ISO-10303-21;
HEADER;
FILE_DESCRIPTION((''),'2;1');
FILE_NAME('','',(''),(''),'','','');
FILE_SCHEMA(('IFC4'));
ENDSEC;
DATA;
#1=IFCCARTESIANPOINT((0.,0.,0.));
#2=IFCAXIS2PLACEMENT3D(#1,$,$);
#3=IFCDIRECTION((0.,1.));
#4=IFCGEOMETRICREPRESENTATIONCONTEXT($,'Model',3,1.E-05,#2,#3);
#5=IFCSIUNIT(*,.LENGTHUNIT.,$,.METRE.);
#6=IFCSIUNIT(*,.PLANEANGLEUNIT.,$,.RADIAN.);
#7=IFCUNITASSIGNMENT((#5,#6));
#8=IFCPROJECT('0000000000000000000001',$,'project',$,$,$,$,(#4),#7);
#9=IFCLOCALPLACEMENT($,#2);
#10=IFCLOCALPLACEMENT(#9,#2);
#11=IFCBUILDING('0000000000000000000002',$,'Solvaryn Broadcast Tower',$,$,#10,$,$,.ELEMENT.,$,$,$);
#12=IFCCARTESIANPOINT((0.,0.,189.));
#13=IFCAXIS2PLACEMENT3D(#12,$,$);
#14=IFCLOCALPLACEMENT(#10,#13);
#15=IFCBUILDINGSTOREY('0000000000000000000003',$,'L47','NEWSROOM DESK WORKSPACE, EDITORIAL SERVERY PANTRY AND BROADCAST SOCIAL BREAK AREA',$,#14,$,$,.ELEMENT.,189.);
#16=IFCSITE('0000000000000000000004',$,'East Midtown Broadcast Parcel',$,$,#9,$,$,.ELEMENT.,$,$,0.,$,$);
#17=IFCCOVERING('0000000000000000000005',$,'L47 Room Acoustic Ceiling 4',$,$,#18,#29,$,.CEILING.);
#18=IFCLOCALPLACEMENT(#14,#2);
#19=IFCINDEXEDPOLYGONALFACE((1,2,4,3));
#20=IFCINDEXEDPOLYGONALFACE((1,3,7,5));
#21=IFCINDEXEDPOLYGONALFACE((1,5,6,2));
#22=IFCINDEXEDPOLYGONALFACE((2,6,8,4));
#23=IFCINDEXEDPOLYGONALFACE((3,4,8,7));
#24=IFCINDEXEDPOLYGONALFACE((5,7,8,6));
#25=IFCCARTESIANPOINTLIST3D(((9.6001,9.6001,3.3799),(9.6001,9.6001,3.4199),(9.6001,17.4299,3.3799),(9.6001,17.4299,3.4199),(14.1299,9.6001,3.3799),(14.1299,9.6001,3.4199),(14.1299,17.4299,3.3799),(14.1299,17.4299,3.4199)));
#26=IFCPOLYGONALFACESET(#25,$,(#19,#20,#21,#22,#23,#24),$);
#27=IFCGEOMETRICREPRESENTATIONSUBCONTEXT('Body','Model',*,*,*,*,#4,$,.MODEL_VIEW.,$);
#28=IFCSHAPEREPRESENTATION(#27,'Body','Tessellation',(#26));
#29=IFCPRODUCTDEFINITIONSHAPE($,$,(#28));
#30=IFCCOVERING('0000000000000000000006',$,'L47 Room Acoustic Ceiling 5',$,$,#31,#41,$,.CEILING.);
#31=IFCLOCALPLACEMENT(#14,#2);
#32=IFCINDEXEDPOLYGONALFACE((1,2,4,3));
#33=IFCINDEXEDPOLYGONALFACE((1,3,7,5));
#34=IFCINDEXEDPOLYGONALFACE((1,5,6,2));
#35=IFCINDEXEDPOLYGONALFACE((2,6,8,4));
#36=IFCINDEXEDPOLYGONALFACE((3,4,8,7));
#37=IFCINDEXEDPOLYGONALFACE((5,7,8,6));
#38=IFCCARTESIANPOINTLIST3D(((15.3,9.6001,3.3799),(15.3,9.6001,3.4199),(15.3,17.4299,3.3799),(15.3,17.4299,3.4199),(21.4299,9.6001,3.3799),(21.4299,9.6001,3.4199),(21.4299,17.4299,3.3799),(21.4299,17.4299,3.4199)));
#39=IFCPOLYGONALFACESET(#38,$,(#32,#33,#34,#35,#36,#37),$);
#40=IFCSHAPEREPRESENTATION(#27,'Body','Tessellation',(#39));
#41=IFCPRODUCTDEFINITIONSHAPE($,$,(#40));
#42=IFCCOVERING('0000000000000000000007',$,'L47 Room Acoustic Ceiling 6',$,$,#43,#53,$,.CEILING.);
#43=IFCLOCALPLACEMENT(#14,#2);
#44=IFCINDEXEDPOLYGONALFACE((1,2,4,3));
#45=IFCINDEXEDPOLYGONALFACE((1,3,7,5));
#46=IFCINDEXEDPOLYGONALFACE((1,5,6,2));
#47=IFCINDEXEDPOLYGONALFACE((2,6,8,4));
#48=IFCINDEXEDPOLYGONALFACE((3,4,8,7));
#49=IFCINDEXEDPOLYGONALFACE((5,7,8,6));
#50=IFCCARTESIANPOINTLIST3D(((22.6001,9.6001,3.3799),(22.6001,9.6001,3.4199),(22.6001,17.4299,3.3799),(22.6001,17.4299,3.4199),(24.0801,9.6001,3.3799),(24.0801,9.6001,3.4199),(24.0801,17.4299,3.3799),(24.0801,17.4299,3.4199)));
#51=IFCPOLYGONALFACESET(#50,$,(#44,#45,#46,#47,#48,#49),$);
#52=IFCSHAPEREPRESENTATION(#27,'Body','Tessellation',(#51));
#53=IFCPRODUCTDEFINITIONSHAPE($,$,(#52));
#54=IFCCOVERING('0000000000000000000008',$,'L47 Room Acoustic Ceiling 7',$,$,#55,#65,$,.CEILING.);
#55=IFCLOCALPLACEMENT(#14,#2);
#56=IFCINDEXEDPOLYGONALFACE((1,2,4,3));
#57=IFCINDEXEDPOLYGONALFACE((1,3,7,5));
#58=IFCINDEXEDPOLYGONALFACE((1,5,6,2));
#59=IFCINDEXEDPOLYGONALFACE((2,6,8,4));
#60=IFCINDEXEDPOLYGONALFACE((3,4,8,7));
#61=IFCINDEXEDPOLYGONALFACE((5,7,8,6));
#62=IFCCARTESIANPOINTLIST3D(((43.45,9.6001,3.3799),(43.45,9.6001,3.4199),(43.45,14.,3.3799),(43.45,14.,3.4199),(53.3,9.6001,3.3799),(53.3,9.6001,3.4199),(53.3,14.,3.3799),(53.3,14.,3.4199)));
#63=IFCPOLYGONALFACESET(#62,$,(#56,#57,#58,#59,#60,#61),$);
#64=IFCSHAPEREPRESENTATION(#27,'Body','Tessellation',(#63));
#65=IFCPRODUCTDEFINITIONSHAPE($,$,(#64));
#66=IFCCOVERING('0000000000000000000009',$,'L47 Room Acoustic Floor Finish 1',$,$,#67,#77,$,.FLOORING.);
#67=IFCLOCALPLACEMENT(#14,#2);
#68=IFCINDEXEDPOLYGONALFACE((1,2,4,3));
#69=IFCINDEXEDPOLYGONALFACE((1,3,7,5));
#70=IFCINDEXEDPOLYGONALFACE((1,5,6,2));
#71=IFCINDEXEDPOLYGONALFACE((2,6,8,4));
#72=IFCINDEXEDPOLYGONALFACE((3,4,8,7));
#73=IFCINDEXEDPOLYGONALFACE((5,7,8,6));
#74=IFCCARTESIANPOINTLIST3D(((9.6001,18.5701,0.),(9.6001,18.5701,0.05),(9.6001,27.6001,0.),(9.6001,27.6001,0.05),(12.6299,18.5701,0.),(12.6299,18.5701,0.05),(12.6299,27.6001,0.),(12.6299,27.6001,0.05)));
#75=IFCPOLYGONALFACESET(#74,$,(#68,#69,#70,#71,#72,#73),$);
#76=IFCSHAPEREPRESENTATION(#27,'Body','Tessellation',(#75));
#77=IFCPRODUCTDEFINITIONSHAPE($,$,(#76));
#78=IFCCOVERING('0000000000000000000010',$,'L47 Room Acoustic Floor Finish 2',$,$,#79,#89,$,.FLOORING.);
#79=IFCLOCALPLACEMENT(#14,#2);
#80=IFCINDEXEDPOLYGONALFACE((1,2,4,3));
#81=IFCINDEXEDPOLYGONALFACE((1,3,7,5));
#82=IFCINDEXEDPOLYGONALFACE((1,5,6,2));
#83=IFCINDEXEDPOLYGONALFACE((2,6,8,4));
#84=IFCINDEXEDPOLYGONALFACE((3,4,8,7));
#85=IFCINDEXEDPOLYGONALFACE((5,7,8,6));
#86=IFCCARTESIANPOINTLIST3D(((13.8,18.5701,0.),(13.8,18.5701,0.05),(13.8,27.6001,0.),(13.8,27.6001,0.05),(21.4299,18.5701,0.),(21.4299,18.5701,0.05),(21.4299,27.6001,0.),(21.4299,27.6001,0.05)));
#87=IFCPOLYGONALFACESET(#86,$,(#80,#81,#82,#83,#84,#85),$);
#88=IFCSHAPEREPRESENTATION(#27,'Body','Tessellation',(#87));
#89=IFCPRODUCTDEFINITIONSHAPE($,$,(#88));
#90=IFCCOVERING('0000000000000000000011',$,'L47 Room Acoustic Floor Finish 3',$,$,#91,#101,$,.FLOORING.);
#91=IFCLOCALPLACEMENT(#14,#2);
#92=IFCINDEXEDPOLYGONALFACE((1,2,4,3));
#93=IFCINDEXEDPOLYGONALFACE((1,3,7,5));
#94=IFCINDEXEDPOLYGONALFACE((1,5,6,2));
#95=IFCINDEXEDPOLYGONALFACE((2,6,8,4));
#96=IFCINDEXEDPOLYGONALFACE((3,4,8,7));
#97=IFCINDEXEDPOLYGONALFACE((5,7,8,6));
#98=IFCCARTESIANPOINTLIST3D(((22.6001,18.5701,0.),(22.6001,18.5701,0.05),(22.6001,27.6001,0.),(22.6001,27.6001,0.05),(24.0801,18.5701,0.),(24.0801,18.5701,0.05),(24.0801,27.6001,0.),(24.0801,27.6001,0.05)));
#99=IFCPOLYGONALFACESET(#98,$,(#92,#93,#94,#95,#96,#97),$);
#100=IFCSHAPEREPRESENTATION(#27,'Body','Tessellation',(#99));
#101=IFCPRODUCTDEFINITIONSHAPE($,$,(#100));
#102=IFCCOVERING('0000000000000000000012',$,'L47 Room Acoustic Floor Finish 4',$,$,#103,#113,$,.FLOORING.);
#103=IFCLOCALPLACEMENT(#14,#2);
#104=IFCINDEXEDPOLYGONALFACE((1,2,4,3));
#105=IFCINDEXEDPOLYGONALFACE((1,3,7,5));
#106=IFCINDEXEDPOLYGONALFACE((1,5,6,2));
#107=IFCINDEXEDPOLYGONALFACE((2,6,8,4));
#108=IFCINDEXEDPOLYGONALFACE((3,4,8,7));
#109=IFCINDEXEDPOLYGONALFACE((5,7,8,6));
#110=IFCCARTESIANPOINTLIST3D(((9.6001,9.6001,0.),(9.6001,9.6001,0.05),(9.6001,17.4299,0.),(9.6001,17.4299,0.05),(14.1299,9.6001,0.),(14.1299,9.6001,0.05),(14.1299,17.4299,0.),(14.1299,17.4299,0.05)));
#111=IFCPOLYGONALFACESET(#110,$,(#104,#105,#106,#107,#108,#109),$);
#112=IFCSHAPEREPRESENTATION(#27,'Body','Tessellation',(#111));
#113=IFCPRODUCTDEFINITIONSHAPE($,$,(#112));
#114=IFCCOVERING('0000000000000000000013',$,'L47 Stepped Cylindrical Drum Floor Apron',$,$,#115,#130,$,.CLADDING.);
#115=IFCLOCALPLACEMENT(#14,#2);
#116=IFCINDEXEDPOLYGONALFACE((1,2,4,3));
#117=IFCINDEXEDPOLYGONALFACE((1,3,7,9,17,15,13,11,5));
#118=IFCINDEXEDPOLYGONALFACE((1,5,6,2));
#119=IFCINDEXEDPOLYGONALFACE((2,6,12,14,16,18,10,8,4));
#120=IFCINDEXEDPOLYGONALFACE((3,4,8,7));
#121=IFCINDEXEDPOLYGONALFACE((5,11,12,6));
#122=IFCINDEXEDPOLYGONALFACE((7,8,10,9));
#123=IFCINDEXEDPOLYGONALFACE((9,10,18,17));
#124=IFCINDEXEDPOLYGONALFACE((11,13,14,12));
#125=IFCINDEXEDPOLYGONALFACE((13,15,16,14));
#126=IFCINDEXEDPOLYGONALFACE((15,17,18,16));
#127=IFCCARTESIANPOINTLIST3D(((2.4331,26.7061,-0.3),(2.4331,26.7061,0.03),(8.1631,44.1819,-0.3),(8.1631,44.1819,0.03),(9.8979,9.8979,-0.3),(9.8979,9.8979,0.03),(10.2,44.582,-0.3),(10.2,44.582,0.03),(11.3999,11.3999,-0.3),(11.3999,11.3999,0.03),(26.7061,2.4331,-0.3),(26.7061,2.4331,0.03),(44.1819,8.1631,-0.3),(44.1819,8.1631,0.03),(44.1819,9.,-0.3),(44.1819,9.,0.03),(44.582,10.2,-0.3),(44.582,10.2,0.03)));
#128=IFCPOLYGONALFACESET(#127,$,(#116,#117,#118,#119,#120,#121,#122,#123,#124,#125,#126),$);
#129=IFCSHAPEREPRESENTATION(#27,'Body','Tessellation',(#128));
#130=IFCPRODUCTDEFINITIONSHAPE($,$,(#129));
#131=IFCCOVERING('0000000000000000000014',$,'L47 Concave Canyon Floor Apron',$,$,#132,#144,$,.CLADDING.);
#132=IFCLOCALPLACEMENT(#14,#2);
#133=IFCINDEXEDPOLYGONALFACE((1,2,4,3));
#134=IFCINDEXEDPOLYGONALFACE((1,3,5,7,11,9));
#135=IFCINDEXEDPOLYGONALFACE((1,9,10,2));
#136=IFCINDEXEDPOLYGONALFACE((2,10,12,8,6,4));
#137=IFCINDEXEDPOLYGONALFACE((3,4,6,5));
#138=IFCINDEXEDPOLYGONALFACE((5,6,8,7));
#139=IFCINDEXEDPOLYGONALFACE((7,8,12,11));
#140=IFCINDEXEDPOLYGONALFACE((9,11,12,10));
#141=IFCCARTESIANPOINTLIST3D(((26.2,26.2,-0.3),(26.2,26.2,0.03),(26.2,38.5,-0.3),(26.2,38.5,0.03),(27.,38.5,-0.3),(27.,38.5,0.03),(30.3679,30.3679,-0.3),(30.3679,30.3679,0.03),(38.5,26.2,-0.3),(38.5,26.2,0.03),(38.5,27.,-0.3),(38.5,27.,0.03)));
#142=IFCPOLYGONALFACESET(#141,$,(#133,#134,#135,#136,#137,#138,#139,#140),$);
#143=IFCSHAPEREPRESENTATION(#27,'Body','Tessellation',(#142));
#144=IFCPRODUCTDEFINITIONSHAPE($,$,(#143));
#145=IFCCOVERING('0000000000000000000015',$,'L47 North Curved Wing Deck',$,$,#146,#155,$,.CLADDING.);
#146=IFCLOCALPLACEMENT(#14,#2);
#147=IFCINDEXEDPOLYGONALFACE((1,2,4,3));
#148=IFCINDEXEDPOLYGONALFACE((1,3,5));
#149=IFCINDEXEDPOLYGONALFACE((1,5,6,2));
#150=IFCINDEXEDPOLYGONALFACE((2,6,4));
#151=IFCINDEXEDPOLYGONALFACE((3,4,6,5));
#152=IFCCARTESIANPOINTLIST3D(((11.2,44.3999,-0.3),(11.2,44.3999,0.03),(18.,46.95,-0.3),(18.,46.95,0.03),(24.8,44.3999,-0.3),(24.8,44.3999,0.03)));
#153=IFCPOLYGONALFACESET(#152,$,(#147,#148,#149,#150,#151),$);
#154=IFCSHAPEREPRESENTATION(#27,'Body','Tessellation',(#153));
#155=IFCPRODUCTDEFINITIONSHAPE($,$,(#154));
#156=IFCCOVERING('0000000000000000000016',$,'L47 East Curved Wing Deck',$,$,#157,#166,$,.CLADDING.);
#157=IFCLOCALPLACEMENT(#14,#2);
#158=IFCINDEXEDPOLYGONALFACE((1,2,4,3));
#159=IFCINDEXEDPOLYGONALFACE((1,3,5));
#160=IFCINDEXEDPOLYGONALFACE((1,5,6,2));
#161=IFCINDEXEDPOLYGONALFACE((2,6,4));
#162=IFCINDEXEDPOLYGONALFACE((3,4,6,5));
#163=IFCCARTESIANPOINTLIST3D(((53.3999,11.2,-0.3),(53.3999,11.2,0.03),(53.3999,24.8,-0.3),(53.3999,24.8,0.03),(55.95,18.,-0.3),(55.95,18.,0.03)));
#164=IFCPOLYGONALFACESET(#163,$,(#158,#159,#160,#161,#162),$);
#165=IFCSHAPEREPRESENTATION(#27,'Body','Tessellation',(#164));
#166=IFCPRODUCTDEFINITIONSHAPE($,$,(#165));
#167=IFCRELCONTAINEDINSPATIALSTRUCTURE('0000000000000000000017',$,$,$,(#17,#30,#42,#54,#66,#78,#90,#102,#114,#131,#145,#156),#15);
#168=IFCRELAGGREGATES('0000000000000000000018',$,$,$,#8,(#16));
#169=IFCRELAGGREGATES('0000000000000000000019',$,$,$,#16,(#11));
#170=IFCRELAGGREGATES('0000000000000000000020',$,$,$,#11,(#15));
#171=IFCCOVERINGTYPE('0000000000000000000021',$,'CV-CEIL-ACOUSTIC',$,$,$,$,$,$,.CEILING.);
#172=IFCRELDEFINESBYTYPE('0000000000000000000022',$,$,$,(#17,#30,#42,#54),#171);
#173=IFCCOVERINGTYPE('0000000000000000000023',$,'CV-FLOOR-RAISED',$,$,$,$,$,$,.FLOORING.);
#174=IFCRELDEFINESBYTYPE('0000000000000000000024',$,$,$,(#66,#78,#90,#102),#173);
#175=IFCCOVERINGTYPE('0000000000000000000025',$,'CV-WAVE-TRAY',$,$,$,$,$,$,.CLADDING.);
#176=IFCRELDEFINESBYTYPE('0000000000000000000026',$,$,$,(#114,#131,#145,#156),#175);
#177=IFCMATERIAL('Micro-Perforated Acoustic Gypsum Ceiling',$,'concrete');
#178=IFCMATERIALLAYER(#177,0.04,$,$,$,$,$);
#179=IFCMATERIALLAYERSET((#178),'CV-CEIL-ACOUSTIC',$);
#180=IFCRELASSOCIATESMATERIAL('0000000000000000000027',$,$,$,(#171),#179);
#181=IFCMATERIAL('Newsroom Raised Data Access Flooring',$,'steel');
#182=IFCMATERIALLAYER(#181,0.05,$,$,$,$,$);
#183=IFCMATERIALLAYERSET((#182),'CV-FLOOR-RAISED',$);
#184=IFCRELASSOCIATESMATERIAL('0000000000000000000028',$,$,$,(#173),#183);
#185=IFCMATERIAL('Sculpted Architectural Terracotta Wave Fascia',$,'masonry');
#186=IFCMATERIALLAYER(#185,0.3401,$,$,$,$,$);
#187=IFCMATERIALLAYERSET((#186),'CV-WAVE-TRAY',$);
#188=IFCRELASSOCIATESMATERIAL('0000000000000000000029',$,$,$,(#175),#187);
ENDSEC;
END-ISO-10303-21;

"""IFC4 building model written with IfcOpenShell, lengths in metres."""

from ifc_helpers import new_model, si_unit, direction, frame, origin, place, context, subcontext, project, spatial, polyline, outline, extrude, material, layer, layer_set, type_object, element, save


model = new_model("IFC4")

# Units and contexts
model_context = context("Model", 3, precision=1e-05, world=origin(), true_north=direction((0.0, 1.0)))
body_context = subcontext(model_context, "Body", "Model", "MODEL_VIEW")
ifc_project = project(units=[si_unit("LENGTHUNIT", "METRE"), si_unit("PLANEANGLEUNIT", "RADIAN")], contexts=[model_context])

# Site, building, storey
site_placement = place(None, origin())
site = spatial("IfcSite", under=ifc_project, at=site_placement, Name="East Midtown Broadcast Parcel", CompositionType="ELEMENT", RefElevation=0.0)
building_placement = place(site_placement, origin())
building = spatial("IfcBuilding", under=site, at=building_placement, Name="Solvaryn Broadcast Tower", CompositionType="ELEMENT")
storey_placement = place(building_placement, frame((0.0, 0.0, 189.0)))
storey = spatial("IfcBuildingStorey", under=building, at=storey_placement, Name="L47", Description="NEWSROOM DESK WORKSPACE, EDITORIAL SERVERY PANTRY AND BROADCAST SOCIAL BREAK AREA", CompositionType="ELEMENT", Elevation=189.0)

# Coverings
ifc_material_1 = material(Name="Micro-Perforated Acoustic Gypsum Ceiling", Category="concrete")
ifc_layer_1 = layer(ifc_material_1, 0.04)
ifc_layer_set_1 = layer_set([ifc_layer_1], Name="CV-CEIL-ACOUSTIC")
covering_type_1 = type_object("IfcCoveringType", Name="CV-CEIL-ACOUSTIC", PredefinedType="CEILING", material=ifc_layer_set_1)
covering_1_placement = place(storey_placement, frame((0.0, 0.0, 3.3799)))
element("IfcCovering", 1, at=covering_1_placement, inside=storey, type_object=covering_type_1, Name="L47 Room Acoustic Ceiling 4", PredefinedType="CEILING", context=body_context, shape_type="SweptSolid", body=[
    extrude(outline(polyline([(9.6001, 9.6001), (14.1299, 9.6001), (14.1299, 17.4299), (9.6001, 17.4299), (9.6001, 9.6001)])), origin(), (0.0, 0.0, 1.0), 0.04),
])
covering_2_placement = place(storey_placement, frame((0.0, 0.0, 3.3799)))
element("IfcCovering", 2, at=covering_2_placement, inside=storey, type_object=covering_type_1, Name="L47 Room Acoustic Ceiling 5", PredefinedType="CEILING", context=body_context, shape_type="SweptSolid", body=[
    extrude(outline(polyline([(15.3, 9.6001), (21.4299, 9.6001), (21.4299, 17.4299), (15.3, 17.4299), (15.3, 9.6001)])), origin(), (0.0, 0.0, 1.0), 0.04),
])
covering_3_placement = place(storey_placement, frame((0.0, 0.0, 3.3799)))
element("IfcCovering", 3, at=covering_3_placement, inside=storey, type_object=covering_type_1, Name="L47 Room Acoustic Ceiling 6", PredefinedType="CEILING", context=body_context, shape_type="SweptSolid", body=[
    extrude(outline(polyline([(22.6001, 9.6001), (24.0801, 9.6001), (24.0801, 17.4299), (22.6001, 17.4299), (22.6001, 9.6001)])), origin(), (0.0, 0.0, 1.0), 0.04),
])
covering_4_placement = place(storey_placement, frame((0.0, 0.0, 3.3799)))
element("IfcCovering", 4, at=covering_4_placement, inside=storey, type_object=covering_type_1, Name="L47 Room Acoustic Ceiling 7", PredefinedType="CEILING", context=body_context, shape_type="SweptSolid", body=[
    extrude(outline(polyline([(43.45, 9.6001), (53.3, 9.6001), (53.3, 14.0), (43.45, 14.0), (43.45, 9.6001)])), origin(), (0.0, 0.0, 1.0), 0.04),
])
ifc_material_2 = material(Name="Newsroom Raised Data Access Flooring", Category="steel")
ifc_layer_2 = layer(ifc_material_2, 0.05)
ifc_layer_set_2 = layer_set([ifc_layer_2], Name="CV-FLOOR-RAISED")
covering_type_2 = type_object("IfcCoveringType", Name="CV-FLOOR-RAISED", PredefinedType="FLOORING", material=ifc_layer_set_2)
covering_5_placement = place(storey_placement, origin())
element("IfcCovering", 5, at=covering_5_placement, inside=storey, type_object=covering_type_2, Name="L47 Room Acoustic Floor Finish 1", PredefinedType="FLOORING", context=body_context, shape_type="SweptSolid", body=[
    extrude(outline(polyline([(9.6001, 18.5701), (12.6299, 18.5701), (12.6299, 27.6001), (9.6001, 27.6001), (9.6001, 18.5701)])), origin(), (0.0, 0.0, 1.0), 0.05),
])
covering_6_placement = place(storey_placement, origin())
element("IfcCovering", 6, at=covering_6_placement, inside=storey, type_object=covering_type_2, Name="L47 Room Acoustic Floor Finish 2", PredefinedType="FLOORING", context=body_context, shape_type="SweptSolid", body=[
    extrude(outline(polyline([(13.8, 18.5701), (21.4299, 18.5701), (21.4299, 27.6001), (13.8, 27.6001), (13.8, 18.5701)])), origin(), (0.0, 0.0, 1.0), 0.05),
])
covering_7_placement = place(storey_placement, origin())
element("IfcCovering", 7, at=covering_7_placement, inside=storey, type_object=covering_type_2, Name="L47 Room Acoustic Floor Finish 3", PredefinedType="FLOORING", context=body_context, shape_type="SweptSolid", body=[
    extrude(outline(polyline([(22.6001, 18.5701), (24.0801, 18.5701), (24.0801, 27.6001), (22.6001, 27.6001), (22.6001, 18.5701)])), origin(), (0.0, 0.0, 1.0), 0.05),
])
covering_8_placement = place(storey_placement, origin())
element("IfcCovering", 8, at=covering_8_placement, inside=storey, type_object=covering_type_2, Name="L47 Room Acoustic Floor Finish 4", PredefinedType="FLOORING", context=body_context, shape_type="SweptSolid", body=[
    extrude(outline(polyline([(9.6001, 9.6001), (14.1299, 9.6001), (14.1299, 17.4299), (9.6001, 17.4299), (9.6001, 9.6001)])), origin(), (0.0, 0.0, 1.0), 0.05),
])
ifc_material_3 = material(Name="Sculpted Architectural Terracotta Wave Fascia", Category="masonry")
ifc_layer_3 = layer(ifc_material_3, 0.3401)
ifc_layer_set_3 = layer_set([ifc_layer_3], Name="CV-WAVE-TRAY")
covering_type_3 = type_object("IfcCoveringType", Name="CV-WAVE-TRAY", PredefinedType="CLADDING", material=ifc_layer_set_3)
covering_9_placement = place(storey_placement, frame((0.0, 0.0, -0.3)))
element("IfcCovering", 9, at=covering_9_placement, inside=storey, type_object=covering_type_3, Name="L47 Stepped Cylindrical Drum Floor Apron", PredefinedType="CLADDING", context=body_context, shape_type="SweptSolid", body=[
    extrude(outline(polyline([(10.2, 44.582), (8.1631, 44.1819), (2.4331, 26.7061), (9.8979, 9.8979), (26.7061, 2.4331), (44.1819, 8.1631), (44.1819, 9.0), (44.582, 10.2), (11.3999, 11.3999), (10.2, 44.582)])), origin(), (0.0, 0.0, 1.0), 0.3301),
])
covering_10_placement = place(storey_placement, frame((0.0, 0.0, -0.3)))
element("IfcCovering", 10, at=covering_10_placement, inside=storey, type_object=covering_type_3, Name="L47 Concave Canyon Floor Apron", PredefinedType="CLADDING", context=body_context, shape_type="SweptSolid", body=[
    extrude(outline(polyline([(26.2, 26.2), (38.5, 26.2), (38.5, 27.0), (30.3679, 30.3679), (27.0, 38.5), (26.2, 38.5), (26.2, 26.2)])), origin(), (0.0, 0.0, 1.0), 0.3301),
])
covering_11_placement = place(storey_placement, frame((0.0, 0.0, -0.3)))
element("IfcCovering", 11, at=covering_11_placement, inside=storey, type_object=covering_type_3, Name="L47 North Curved Wing Deck", PredefinedType="CLADDING", context=body_context, shape_type="SweptSolid", body=[
    extrude(outline(polyline([(11.2, 44.3999), (24.8, 44.3999), (18.0, 46.95), (11.2, 44.3999)])), origin(), (0.0, 0.0, 1.0), 0.3301),
])
covering_12_placement = place(storey_placement, frame((0.0, 0.0, -0.3)))
element("IfcCovering", 12, at=covering_12_placement, inside=storey, type_object=covering_type_3, Name="L47 East Curved Wing Deck", PredefinedType="CLADDING", context=body_context, shape_type="SweptSolid", body=[
    extrude(outline(polyline([(53.3999, 11.2), (55.95, 18.0), (53.3999, 24.8), (53.3999, 11.2)])), origin(), (0.0, 0.0, 1.0), 0.3301),
])

save(model, "model.ifc")
